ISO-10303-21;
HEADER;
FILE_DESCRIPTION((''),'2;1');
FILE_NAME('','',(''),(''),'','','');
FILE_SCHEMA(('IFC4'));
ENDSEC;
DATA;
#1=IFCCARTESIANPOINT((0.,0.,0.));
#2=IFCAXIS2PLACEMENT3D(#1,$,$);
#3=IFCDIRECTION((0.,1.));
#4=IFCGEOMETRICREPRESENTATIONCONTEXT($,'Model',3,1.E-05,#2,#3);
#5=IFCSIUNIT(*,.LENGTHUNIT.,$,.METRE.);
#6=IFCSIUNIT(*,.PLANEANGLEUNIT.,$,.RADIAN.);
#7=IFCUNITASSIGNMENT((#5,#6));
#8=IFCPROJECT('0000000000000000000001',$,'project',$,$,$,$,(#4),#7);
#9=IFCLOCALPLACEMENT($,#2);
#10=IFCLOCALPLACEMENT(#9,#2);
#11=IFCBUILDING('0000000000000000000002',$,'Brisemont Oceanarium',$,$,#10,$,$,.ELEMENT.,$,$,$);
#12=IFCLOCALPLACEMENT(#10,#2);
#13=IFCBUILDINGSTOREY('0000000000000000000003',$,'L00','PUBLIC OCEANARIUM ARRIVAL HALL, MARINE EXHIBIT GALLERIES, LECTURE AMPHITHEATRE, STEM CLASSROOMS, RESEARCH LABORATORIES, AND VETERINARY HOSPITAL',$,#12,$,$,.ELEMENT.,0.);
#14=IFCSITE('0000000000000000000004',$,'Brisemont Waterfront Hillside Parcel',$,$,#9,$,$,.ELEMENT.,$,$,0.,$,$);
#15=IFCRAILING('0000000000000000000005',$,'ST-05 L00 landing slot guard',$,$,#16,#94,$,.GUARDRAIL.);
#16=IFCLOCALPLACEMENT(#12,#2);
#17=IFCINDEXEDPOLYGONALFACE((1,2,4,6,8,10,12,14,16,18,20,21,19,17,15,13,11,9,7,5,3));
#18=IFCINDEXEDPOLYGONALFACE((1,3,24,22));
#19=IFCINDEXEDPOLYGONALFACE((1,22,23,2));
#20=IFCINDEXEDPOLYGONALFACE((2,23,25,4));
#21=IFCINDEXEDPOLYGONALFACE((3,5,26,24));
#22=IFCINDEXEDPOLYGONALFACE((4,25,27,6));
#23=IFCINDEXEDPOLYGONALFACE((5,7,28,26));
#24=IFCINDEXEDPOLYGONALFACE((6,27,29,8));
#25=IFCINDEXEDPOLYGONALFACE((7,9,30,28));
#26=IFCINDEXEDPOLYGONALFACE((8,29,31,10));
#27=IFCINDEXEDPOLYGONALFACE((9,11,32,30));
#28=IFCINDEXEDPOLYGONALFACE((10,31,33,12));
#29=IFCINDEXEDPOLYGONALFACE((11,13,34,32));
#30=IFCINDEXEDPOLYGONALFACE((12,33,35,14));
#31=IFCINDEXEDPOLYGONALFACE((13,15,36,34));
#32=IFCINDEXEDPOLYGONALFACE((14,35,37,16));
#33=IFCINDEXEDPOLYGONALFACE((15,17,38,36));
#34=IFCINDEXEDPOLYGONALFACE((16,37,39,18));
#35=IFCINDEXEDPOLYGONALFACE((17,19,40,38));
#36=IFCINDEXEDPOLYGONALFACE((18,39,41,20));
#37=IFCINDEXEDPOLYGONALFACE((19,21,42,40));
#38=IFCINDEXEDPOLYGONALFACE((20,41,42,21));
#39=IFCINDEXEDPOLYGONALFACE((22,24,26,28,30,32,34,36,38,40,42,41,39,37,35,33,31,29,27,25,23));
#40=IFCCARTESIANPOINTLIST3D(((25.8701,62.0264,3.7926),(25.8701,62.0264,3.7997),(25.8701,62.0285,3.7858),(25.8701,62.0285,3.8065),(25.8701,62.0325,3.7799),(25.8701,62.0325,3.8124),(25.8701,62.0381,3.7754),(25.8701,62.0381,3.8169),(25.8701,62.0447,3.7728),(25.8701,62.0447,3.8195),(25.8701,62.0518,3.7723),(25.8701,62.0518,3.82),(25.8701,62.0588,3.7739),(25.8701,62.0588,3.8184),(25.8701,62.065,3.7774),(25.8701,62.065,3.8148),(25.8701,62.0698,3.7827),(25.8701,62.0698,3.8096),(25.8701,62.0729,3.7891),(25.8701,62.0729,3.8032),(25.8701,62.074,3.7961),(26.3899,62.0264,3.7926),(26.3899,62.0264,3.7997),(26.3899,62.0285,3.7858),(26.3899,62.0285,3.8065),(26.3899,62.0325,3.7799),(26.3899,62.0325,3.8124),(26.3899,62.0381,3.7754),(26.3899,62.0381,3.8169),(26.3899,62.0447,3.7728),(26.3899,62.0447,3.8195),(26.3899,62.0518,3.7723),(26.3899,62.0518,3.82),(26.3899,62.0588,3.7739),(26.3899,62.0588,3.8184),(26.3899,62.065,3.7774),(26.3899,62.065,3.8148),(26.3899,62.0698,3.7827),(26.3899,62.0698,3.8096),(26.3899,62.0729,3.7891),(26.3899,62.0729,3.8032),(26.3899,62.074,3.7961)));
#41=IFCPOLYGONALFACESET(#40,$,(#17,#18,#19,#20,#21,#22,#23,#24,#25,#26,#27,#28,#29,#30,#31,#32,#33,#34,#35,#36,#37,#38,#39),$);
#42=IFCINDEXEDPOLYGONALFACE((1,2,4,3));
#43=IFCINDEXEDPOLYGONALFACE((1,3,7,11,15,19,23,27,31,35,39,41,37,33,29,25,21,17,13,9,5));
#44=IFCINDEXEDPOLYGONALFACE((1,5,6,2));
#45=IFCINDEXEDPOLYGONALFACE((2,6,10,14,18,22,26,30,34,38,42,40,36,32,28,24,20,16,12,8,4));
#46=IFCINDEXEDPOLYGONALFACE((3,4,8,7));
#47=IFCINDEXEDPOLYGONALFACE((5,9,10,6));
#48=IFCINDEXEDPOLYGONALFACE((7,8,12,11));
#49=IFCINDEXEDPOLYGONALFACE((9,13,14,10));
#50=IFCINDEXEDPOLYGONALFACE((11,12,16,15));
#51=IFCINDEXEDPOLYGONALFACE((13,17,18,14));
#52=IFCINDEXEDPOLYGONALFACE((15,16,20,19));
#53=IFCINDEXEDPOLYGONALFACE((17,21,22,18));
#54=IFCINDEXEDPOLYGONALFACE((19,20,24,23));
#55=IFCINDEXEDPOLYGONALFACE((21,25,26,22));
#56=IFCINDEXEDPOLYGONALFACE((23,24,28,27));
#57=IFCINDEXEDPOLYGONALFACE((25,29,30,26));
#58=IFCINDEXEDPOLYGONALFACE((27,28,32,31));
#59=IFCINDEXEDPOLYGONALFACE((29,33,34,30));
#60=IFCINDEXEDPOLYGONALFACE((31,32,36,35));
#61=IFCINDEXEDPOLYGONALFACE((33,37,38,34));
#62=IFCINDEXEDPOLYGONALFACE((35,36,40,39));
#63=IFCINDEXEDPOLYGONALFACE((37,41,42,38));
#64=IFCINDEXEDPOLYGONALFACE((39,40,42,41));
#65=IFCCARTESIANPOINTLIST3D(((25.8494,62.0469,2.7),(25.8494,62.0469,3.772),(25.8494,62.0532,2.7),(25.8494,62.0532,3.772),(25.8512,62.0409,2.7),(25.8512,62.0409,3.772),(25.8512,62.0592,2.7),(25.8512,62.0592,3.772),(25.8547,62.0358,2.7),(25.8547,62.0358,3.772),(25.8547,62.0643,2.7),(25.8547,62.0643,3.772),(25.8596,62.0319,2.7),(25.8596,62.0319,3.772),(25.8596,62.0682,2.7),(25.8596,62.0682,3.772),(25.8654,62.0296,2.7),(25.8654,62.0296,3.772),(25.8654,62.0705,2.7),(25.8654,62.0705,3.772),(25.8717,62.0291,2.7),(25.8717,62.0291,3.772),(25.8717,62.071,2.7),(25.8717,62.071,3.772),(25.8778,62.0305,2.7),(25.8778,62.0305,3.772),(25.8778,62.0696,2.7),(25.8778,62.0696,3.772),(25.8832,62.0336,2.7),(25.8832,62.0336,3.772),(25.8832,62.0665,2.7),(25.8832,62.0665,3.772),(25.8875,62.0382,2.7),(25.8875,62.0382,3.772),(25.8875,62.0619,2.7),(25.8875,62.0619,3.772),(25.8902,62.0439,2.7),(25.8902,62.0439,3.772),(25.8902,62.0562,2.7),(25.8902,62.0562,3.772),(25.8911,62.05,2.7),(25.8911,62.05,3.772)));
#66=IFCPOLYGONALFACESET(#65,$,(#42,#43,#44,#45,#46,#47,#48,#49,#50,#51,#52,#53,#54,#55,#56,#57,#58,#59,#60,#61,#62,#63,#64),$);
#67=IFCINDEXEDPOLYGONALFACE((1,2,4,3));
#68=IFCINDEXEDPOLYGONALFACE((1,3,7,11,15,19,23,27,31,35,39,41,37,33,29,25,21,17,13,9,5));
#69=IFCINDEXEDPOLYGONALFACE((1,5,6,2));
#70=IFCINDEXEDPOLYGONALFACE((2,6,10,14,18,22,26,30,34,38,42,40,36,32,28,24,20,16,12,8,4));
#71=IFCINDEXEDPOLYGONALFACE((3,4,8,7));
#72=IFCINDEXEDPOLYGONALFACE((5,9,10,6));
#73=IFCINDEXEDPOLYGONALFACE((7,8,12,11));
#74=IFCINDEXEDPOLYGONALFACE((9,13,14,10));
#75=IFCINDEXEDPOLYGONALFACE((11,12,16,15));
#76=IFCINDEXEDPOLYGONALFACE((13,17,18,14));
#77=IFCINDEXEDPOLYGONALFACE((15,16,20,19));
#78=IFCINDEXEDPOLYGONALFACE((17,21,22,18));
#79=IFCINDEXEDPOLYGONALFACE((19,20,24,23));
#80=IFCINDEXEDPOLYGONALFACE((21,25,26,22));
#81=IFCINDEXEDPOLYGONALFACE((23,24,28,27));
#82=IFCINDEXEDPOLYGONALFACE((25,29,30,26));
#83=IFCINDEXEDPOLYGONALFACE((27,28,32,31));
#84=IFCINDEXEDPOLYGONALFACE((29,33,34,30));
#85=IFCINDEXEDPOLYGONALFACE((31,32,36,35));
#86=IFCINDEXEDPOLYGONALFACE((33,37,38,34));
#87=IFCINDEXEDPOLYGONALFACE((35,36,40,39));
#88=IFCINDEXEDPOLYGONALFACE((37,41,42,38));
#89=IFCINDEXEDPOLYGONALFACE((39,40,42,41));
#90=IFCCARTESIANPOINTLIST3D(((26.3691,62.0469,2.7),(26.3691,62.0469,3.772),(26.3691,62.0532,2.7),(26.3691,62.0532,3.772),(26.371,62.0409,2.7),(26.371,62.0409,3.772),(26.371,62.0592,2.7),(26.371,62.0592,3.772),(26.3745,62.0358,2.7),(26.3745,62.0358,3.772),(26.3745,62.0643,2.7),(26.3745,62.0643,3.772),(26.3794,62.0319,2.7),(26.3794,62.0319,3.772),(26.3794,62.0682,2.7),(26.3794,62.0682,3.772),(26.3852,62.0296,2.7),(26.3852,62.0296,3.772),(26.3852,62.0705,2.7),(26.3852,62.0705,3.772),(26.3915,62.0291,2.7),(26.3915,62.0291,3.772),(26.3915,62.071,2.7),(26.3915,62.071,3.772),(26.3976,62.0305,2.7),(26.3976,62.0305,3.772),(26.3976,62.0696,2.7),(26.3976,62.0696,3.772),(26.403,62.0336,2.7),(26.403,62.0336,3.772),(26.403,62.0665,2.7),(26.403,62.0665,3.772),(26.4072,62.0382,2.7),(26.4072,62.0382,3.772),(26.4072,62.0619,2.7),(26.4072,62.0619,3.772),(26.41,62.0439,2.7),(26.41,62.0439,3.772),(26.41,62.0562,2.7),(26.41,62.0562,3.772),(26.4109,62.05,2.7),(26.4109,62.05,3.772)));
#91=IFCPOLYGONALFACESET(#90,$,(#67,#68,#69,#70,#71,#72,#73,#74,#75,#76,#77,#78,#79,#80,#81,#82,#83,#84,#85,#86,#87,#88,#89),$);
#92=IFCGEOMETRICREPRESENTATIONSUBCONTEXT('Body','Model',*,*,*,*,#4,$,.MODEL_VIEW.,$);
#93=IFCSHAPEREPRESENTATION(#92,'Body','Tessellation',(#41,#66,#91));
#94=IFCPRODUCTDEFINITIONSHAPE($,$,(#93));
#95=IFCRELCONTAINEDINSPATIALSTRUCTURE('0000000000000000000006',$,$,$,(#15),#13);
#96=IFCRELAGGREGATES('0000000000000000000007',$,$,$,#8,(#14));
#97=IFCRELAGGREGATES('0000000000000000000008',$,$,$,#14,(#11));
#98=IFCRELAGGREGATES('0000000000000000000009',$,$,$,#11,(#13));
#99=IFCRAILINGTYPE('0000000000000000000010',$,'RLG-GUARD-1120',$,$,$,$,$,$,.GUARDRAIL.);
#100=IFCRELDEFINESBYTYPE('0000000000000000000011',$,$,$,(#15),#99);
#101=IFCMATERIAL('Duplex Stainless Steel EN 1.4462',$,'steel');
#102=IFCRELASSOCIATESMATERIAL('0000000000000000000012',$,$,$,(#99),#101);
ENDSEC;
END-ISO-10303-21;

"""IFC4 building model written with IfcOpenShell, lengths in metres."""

from ifc_helpers import new_model, si_unit, direction, frame, origin, origin_2d, place, context, subcontext, project, spatial, circle, extrude, material, type_object, element, save


model = new_model("IFC4")

# Units and contexts
model_context = context("Model", 3, precision=1e-05, world=origin(), true_north=direction((0.0, 1.0)))
body_context = subcontext(model_context, "Body", "Model", "MODEL_VIEW")
ifc_project = project(units=[si_unit("LENGTHUNIT", "METRE"), si_unit("PLANEANGLEUNIT", "RADIAN")], contexts=[model_context])

# Site, building, storey
site_placement = place(None, origin())
site = spatial("IfcSite", under=ifc_project, at=site_placement, Name="Brisemont Waterfront Hillside Parcel", CompositionType="ELEMENT", RefElevation=0.0)
building_placement = place(site_placement, origin())
building = spatial("IfcBuilding", under=site, at=building_placement, Name="Brisemont Oceanarium", CompositionType="ELEMENT")
storey_placement = place(building_placement, origin())
storey = spatial("IfcBuildingStorey", under=building, at=storey_placement, Name="L00", Description="PUBLIC OCEANARIUM ARRIVAL HALL, MARINE EXHIBIT GALLERIES, LECTURE AMPHITHEATRE, STEM CLASSROOMS, RESEARCH LABORATORIES, AND VETERINARY HOSPITAL", CompositionType="ELEMENT", Elevation=0.0)

# Railing
ifc_material_1 = material(Name="Duplex Stainless Steel EN 1.4462", Category="steel")
railing_type_1 = type_object("IfcRailingType", Name="RLG-GUARD-1120", PredefinedType="GUARDRAIL", material=ifc_material_1)
railing_1_placement = place(storey_placement, frame((25.8701, 62.05, 2.7)))
element("IfcRailing", 1, at=railing_1_placement, inside=storey, type_object=railing_type_1, Name="ST-05 L00 landing slot guard", PredefinedType="GUARDRAIL", context=body_context, shape_type="SweptSolid", body=[
    extrude(circle(Radius=0.0239, at=origin_2d()), frame((0.0, 0.0, 1.0962), z_axis=(1.0, 0.0, 0.0), x_axis=(0.0, 1.0, 0.0)), (0.0, 0.0, 1.0), 0.5198),
    extrude(circle(Radius=0.021, at=origin_2d()), origin(), (0.0, 0.0, 1.0), 1.072),
    extrude(circle(Radius=0.021, at=origin_2d()), frame((0.5198, 0.0, 0.0)), (0.0, 0.0, 1.0), 1.072),
])

save(model, "model.ifc")
